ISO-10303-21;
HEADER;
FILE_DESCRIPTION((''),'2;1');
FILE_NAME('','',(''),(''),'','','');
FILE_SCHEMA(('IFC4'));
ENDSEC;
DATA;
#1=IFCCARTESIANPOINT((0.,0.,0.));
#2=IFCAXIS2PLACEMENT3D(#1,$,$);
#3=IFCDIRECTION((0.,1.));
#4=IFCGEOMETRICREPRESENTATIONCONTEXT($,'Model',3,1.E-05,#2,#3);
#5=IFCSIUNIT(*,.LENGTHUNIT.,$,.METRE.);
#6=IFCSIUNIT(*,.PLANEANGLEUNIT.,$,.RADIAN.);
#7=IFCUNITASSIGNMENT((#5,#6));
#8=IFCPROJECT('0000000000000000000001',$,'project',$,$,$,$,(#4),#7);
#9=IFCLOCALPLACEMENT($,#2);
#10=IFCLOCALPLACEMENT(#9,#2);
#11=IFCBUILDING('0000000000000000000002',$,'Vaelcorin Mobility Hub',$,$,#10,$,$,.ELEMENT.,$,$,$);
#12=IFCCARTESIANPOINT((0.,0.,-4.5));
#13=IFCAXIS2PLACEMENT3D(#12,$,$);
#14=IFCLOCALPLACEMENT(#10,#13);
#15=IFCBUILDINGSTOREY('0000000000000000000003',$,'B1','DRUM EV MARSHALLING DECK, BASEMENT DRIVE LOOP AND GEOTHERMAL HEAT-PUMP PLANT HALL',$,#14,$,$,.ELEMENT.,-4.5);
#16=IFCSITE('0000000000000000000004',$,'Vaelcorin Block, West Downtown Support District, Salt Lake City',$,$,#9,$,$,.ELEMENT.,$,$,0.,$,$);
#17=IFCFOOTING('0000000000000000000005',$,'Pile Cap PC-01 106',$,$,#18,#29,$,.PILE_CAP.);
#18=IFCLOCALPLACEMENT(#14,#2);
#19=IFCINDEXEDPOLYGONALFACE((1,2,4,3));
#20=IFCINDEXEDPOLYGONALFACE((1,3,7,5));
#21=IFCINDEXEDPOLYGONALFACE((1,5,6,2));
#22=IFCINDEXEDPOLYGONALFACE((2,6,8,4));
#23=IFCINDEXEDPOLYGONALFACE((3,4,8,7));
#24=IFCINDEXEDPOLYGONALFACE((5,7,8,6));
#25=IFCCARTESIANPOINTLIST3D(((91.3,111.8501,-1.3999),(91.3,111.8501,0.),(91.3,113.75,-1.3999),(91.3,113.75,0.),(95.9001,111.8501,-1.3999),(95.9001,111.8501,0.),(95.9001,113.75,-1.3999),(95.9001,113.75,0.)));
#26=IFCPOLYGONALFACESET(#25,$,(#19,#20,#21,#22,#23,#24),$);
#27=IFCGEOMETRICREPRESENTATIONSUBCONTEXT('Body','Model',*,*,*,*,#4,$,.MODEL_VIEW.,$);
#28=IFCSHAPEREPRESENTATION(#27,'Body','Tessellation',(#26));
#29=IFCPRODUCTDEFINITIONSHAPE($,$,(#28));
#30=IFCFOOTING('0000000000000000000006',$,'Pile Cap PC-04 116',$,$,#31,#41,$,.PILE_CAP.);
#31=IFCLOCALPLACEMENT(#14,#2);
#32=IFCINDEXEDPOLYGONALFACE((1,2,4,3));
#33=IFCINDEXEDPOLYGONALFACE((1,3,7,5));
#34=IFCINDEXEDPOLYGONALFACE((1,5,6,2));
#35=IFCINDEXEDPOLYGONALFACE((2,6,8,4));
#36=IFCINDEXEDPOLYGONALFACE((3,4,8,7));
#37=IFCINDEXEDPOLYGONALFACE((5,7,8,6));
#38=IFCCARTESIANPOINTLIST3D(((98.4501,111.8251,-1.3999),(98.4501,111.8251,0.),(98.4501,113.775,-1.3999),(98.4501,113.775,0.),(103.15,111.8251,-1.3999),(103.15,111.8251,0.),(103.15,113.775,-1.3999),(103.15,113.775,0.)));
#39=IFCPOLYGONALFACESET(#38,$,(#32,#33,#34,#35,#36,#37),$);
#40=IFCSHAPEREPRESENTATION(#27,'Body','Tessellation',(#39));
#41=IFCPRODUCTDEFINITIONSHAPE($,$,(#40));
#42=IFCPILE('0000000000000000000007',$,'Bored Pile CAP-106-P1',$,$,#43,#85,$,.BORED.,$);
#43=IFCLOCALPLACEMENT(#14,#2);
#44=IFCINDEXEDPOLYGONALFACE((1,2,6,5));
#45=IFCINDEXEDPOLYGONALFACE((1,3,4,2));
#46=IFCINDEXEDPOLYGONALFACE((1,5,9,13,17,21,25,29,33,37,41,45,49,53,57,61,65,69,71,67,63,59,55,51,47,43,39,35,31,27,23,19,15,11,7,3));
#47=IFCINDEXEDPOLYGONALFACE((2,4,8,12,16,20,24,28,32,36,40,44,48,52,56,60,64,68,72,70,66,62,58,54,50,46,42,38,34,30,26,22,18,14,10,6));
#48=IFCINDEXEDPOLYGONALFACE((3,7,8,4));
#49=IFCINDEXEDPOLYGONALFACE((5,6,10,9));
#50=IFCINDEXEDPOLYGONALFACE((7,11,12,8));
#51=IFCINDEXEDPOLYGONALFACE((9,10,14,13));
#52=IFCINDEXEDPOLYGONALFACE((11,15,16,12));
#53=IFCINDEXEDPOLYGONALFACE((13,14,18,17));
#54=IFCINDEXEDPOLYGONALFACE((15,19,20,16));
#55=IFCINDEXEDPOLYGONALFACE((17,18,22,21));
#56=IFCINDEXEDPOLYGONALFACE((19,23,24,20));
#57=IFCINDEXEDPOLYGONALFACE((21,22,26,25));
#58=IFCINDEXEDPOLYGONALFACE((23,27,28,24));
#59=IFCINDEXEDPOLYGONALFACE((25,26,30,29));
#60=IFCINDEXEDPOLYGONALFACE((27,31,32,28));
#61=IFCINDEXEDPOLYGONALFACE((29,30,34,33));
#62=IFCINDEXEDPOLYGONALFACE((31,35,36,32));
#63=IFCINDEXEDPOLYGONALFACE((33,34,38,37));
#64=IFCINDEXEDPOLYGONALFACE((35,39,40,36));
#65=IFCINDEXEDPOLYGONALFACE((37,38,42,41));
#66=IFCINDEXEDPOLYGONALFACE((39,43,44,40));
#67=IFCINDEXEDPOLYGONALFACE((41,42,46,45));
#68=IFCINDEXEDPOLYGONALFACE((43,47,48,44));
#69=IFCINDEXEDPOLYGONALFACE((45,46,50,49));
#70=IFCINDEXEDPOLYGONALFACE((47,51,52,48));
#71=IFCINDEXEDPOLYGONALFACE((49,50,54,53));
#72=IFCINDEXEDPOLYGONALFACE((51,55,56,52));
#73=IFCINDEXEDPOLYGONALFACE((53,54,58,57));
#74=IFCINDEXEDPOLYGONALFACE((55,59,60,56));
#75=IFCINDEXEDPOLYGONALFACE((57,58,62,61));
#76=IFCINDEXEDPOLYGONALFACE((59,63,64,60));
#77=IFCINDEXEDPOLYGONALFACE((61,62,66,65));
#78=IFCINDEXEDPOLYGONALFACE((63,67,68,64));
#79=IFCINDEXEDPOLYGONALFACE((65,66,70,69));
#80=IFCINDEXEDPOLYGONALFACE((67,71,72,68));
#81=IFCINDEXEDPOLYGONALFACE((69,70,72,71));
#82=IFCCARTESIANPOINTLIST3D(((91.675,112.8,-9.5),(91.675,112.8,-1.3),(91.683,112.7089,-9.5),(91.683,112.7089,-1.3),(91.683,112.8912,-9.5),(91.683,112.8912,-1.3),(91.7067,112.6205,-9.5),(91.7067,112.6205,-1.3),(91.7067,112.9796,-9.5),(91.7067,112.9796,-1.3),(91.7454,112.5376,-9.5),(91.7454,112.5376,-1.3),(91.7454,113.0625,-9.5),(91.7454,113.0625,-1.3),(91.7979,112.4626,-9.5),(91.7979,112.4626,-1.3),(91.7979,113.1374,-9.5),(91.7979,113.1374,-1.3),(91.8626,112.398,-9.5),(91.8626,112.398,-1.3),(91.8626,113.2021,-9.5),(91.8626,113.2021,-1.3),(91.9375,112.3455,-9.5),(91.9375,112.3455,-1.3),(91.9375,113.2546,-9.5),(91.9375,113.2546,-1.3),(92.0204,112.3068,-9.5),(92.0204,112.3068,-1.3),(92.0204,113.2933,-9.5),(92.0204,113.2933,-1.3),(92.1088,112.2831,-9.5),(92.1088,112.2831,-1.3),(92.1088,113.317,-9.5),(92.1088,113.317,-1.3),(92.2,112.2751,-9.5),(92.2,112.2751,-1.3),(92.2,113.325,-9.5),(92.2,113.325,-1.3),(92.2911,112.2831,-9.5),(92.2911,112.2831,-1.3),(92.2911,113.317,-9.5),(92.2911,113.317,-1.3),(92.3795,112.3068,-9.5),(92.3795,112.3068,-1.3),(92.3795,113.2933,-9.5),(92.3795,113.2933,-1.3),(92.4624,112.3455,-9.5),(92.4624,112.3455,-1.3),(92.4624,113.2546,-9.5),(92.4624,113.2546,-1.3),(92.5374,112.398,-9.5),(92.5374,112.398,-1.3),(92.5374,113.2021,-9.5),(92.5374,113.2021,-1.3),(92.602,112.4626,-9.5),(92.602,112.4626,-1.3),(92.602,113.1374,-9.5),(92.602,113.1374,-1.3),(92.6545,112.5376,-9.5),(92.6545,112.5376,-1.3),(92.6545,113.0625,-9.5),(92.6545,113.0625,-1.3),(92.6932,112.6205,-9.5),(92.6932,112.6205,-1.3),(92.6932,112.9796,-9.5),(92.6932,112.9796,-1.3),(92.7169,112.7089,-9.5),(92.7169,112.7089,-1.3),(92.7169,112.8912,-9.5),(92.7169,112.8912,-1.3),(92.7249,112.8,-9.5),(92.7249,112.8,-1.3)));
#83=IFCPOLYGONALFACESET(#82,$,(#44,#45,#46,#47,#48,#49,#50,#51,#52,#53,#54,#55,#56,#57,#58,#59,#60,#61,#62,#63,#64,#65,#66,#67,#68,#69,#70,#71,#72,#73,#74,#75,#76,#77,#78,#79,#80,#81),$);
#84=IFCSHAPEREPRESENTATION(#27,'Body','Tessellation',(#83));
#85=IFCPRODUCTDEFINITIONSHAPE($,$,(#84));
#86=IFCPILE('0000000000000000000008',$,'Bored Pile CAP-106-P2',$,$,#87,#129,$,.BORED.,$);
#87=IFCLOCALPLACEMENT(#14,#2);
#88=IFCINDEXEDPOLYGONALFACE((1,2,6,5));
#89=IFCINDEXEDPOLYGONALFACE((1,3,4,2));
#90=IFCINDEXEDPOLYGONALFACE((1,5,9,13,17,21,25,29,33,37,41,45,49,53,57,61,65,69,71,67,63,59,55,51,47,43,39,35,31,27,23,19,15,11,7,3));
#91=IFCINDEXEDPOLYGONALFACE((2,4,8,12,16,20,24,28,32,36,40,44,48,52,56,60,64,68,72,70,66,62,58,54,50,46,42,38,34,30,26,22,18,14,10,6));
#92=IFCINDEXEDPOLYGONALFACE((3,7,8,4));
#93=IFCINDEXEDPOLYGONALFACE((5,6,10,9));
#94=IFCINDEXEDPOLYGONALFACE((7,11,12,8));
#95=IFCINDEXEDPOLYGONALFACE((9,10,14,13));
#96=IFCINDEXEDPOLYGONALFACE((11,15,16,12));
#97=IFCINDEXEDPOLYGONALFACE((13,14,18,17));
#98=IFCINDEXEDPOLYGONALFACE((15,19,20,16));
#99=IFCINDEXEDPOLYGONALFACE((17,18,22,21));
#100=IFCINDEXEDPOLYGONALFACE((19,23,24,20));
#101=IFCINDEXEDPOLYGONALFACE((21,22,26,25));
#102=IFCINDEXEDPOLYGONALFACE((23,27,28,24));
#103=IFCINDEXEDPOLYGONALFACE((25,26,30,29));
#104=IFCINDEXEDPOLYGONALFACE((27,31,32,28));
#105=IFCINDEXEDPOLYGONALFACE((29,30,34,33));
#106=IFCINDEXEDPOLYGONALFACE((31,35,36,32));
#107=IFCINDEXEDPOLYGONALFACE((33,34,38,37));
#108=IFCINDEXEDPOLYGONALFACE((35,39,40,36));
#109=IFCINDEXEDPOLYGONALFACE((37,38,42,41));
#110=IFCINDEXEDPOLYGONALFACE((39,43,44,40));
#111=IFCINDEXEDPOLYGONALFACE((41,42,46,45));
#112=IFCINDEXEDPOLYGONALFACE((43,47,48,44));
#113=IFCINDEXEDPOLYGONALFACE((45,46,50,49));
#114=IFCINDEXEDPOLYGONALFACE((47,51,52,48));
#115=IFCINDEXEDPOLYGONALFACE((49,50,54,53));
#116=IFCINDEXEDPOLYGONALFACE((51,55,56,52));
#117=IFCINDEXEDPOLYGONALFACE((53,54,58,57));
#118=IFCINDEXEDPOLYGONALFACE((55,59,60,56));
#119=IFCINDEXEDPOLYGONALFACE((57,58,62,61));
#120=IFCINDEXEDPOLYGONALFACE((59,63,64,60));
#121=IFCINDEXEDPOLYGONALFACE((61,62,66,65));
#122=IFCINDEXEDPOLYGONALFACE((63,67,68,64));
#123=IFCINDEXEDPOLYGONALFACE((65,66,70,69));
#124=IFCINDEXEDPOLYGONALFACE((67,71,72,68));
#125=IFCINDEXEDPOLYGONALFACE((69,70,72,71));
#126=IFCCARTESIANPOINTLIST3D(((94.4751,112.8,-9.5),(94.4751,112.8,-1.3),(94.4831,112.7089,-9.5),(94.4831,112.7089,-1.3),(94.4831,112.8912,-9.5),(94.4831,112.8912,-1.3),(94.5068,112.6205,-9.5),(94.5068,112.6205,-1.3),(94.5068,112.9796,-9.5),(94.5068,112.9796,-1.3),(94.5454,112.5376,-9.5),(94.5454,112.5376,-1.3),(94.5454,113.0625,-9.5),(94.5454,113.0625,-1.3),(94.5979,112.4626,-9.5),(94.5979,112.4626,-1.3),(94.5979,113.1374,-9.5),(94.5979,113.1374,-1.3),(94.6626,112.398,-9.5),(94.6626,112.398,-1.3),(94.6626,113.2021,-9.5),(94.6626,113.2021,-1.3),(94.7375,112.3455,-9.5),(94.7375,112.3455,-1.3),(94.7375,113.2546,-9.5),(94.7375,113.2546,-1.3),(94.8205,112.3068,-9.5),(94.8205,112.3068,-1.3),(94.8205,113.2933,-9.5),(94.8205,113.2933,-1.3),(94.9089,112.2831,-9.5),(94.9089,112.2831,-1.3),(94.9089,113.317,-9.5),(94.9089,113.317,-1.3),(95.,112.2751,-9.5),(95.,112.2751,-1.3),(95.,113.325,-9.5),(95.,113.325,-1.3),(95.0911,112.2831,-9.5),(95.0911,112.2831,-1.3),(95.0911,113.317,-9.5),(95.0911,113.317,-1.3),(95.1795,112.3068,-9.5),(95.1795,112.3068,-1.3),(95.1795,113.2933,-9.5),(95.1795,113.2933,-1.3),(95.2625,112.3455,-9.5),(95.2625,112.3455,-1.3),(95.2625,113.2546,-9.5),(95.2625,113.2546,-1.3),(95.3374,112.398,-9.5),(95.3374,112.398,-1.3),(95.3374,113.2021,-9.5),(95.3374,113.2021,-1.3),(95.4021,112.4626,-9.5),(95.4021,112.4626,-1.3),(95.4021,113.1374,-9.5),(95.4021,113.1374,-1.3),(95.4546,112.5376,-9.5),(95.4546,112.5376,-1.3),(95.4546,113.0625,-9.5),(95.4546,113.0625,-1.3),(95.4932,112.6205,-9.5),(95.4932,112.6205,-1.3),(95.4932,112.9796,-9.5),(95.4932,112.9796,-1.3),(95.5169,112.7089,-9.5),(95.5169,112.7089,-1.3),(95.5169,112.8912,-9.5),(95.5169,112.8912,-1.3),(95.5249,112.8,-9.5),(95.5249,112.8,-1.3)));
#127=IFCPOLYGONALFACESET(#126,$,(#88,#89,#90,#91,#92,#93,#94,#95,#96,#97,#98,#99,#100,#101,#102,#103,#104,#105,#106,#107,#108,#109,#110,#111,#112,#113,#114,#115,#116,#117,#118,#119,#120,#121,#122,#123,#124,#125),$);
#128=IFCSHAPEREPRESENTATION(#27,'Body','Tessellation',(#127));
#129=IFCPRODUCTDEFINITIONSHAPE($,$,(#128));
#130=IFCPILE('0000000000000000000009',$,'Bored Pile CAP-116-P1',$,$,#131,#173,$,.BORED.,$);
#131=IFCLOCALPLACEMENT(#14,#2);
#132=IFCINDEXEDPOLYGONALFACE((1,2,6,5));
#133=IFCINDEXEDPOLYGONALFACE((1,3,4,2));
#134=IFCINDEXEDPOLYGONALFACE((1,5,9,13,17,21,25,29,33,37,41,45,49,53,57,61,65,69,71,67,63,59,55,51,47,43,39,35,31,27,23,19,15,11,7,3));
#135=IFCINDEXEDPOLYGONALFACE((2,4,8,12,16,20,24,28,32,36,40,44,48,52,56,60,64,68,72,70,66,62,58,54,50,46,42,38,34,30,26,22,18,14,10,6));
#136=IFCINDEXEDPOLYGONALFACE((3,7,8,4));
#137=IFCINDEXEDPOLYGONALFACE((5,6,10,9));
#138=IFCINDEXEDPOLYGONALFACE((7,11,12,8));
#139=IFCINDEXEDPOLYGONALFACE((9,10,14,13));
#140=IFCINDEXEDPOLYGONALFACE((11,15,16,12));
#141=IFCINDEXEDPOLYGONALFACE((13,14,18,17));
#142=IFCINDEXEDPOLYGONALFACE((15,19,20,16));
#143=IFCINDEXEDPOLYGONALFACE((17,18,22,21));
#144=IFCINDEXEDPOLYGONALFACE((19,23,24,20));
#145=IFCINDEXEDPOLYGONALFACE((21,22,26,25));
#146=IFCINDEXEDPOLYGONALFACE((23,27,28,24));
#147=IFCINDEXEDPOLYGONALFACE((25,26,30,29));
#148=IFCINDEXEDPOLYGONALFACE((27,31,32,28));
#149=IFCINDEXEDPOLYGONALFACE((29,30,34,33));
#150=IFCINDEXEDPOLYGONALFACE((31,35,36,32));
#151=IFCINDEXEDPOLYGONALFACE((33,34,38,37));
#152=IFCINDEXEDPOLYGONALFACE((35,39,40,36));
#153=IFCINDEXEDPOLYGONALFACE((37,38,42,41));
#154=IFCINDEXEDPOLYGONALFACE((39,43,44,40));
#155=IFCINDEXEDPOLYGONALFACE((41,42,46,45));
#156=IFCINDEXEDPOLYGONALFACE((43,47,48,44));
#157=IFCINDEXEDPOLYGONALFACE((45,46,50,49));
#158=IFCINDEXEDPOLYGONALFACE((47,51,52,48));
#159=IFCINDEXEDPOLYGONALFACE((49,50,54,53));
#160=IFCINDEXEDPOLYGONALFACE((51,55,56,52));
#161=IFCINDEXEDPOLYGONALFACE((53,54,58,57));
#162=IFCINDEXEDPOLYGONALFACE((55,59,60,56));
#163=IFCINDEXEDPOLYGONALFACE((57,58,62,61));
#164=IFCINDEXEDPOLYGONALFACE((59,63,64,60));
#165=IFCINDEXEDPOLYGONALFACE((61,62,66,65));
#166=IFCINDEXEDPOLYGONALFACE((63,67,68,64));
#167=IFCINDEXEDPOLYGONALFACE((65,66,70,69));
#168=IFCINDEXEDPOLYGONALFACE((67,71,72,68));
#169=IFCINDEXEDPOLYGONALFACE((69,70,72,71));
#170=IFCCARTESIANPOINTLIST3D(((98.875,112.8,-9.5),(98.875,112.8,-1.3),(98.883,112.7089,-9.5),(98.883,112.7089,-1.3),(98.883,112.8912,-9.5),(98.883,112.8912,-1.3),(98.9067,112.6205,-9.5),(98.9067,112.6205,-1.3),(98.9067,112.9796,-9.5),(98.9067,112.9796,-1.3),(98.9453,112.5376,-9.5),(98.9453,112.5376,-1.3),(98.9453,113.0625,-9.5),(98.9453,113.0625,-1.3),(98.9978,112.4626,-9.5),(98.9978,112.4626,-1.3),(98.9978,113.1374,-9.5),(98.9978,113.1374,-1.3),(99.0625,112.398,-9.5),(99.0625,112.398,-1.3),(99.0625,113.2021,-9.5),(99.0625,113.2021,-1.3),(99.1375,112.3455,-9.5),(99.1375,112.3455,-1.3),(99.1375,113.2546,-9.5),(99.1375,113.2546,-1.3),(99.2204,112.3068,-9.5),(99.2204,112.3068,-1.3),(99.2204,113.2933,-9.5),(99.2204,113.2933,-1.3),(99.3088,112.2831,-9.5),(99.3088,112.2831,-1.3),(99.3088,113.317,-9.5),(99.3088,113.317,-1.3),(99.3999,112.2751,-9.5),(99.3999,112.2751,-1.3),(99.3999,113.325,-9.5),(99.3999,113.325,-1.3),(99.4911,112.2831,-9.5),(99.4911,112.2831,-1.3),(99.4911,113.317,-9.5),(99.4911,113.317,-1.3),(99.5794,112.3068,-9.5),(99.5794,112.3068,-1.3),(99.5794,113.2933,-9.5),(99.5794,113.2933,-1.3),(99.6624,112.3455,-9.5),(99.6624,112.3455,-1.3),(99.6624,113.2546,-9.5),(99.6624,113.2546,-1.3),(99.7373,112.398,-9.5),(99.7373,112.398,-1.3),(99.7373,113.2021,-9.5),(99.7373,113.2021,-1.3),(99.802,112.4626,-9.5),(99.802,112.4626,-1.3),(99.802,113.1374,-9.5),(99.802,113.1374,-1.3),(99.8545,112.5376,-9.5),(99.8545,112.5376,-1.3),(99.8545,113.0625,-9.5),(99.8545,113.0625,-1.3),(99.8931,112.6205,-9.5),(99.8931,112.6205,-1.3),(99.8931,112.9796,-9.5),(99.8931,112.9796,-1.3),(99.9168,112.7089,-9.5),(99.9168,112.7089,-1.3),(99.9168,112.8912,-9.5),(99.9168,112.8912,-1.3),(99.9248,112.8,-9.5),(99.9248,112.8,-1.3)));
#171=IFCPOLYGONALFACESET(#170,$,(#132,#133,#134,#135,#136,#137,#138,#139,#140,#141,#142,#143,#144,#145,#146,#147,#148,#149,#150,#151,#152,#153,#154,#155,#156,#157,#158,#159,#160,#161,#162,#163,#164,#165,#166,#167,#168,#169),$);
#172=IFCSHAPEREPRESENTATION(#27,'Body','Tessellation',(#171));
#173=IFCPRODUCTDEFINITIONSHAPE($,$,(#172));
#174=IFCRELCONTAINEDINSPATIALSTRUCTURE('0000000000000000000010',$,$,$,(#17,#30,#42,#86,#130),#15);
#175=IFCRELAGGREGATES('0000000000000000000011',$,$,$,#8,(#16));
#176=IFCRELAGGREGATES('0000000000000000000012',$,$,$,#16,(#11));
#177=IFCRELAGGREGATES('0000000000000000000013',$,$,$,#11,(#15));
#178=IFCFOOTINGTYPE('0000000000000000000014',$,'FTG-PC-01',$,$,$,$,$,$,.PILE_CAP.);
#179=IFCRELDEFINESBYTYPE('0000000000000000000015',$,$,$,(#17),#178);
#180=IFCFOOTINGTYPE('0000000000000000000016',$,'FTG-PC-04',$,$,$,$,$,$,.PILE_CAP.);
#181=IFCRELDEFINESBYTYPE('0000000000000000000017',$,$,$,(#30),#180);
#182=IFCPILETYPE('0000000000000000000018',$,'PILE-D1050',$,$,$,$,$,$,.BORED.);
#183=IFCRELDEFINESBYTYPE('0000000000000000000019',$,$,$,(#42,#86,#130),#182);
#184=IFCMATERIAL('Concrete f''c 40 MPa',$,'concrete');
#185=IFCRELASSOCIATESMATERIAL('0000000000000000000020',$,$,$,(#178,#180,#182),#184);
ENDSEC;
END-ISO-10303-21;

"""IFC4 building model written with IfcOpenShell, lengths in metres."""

from ifc_helpers import new_model, si_unit, direction, frame, origin, origin_2d, place, context, subcontext, project, spatial, rectangle, circle, extrude, material, material_profile, profile_set, type_object, element, save


model = new_model("IFC4")

# Units and contexts
model_context = context("Model", 3, precision=1e-05, world=origin(), true_north=direction((0.0, 1.0)))
body_context = subcontext(model_context, "Body", "Model", "MODEL_VIEW")
ifc_project = project(units=[si_unit("LENGTHUNIT", "METRE"), si_unit("PLANEANGLEUNIT", "RADIAN")], contexts=[model_context])

# Site, building, storey
site_placement = place(None, origin())
site = spatial("IfcSite", under=ifc_project, at=site_placement, Name="Vaelcorin Block, West Downtown Support District, Salt Lake City", CompositionType="ELEMENT", RefElevation=0.0)
building_placement = place(site_placement, origin())
building = spatial("IfcBuilding", under=site, at=building_placement, Name="Vaelcorin Mobility Hub", CompositionType="ELEMENT")
storey_placement = place(building_placement, frame((0.0, 0.0, -4.5)))
storey = spatial("IfcBuildingStorey", under=building, at=storey_placement, Name="B1", Description="DRUM EV MARSHALLING DECK, BASEMENT DRIVE LOOP AND GEOTHERMAL HEAT-PUMP PLANT HALL", CompositionType="ELEMENT", Elevation=-4.5)

# Footings
ifc_material_1 = material(Name="Concrete f'c 40 MPa", Category="concrete")
footing_type_1 = type_object("IfcFootingType", Name="FTG-PC-01", PredefinedType="PILE_CAP", material=ifc_material_1)
footing_1_placement = place(storey_placement, frame((93.6001, 112.8, -1.3999), z_axis=(0.0, 0.0, 1.0), x_axis=(1.0, 0.0, 0.0)))
element("IfcFooting", 1, at=footing_1_placement, inside=storey, type_object=footing_type_1, Name="Pile Cap PC-01 106", PredefinedType="PILE_CAP", context=body_context, shape_type="SweptSolid", body=[
    extrude(rectangle(XDim=4.6001, YDim=1.8999, at=origin_2d()), origin(), (0.0, 0.0, 1.0), 1.3999),
])
footing_type_2 = type_object("IfcFootingType", Name="FTG-PC-04", PredefinedType="PILE_CAP", material=ifc_material_1)
footing_2_placement = place(storey_placement, frame((100.8, 112.8, -1.3999), z_axis=(0.0, 0.0, 1.0), x_axis=(1.0, 0.0, 0.0)))
element("IfcFooting", 2, at=footing_2_placement, inside=storey, type_object=footing_type_2, Name="Pile Cap PC-04 116", PredefinedType="PILE_CAP", context=body_context, shape_type="SweptSolid", body=[
    extrude(rectangle(XDim=4.7, YDim=1.95, at=origin_2d()), origin(), (0.0, 0.0, 1.0), 1.3999),
])

# Piles
ifc_material_profile_1 = material_profile(ifc_material_1, circle(Radius=0.5249, at=origin_2d()), Name="BP-D1050")
ifc_profile_set_1 = profile_set([ifc_material_profile_1], Name="Concrete f'c 40 MPa")
pile_type = type_object("IfcPileType", Name="PILE-D1050", PredefinedType="BORED", material=ifc_profile_set_1)
for number, where, z_axis, x_axis, name in (
    (3, (92.2, 112.8, -1.3), (0.0, 0.0, -1.0), (1.0, 0.0, 0.0), "Bored Pile CAP-106-P1"),
    (4, (95.0, 112.8, -1.3), (0.0, 0.0, -1.0), (1.0, 0.0, 0.0), "Bored Pile CAP-106-P2"),
    (5, (99.3999, 112.8, -1.3), (0.0, 0.0, -1.0), (1.0, 0.0, 0.0), "Bored Pile CAP-116-P1"),
):
    element("IfcPile", number, at=place(storey_placement, frame(where, z_axis=z_axis, x_axis=x_axis)), inside=storey, type_object=pile_type, Name=name, PredefinedType="BORED", context=body_context, shape_type="SweptSolid", body=[
        extrude(circle(Radius=0.5249, at=origin_2d()), origin(), (0.0, 0.0, 1.0), 8.2),
    ])

save(model, "model.ifc")
